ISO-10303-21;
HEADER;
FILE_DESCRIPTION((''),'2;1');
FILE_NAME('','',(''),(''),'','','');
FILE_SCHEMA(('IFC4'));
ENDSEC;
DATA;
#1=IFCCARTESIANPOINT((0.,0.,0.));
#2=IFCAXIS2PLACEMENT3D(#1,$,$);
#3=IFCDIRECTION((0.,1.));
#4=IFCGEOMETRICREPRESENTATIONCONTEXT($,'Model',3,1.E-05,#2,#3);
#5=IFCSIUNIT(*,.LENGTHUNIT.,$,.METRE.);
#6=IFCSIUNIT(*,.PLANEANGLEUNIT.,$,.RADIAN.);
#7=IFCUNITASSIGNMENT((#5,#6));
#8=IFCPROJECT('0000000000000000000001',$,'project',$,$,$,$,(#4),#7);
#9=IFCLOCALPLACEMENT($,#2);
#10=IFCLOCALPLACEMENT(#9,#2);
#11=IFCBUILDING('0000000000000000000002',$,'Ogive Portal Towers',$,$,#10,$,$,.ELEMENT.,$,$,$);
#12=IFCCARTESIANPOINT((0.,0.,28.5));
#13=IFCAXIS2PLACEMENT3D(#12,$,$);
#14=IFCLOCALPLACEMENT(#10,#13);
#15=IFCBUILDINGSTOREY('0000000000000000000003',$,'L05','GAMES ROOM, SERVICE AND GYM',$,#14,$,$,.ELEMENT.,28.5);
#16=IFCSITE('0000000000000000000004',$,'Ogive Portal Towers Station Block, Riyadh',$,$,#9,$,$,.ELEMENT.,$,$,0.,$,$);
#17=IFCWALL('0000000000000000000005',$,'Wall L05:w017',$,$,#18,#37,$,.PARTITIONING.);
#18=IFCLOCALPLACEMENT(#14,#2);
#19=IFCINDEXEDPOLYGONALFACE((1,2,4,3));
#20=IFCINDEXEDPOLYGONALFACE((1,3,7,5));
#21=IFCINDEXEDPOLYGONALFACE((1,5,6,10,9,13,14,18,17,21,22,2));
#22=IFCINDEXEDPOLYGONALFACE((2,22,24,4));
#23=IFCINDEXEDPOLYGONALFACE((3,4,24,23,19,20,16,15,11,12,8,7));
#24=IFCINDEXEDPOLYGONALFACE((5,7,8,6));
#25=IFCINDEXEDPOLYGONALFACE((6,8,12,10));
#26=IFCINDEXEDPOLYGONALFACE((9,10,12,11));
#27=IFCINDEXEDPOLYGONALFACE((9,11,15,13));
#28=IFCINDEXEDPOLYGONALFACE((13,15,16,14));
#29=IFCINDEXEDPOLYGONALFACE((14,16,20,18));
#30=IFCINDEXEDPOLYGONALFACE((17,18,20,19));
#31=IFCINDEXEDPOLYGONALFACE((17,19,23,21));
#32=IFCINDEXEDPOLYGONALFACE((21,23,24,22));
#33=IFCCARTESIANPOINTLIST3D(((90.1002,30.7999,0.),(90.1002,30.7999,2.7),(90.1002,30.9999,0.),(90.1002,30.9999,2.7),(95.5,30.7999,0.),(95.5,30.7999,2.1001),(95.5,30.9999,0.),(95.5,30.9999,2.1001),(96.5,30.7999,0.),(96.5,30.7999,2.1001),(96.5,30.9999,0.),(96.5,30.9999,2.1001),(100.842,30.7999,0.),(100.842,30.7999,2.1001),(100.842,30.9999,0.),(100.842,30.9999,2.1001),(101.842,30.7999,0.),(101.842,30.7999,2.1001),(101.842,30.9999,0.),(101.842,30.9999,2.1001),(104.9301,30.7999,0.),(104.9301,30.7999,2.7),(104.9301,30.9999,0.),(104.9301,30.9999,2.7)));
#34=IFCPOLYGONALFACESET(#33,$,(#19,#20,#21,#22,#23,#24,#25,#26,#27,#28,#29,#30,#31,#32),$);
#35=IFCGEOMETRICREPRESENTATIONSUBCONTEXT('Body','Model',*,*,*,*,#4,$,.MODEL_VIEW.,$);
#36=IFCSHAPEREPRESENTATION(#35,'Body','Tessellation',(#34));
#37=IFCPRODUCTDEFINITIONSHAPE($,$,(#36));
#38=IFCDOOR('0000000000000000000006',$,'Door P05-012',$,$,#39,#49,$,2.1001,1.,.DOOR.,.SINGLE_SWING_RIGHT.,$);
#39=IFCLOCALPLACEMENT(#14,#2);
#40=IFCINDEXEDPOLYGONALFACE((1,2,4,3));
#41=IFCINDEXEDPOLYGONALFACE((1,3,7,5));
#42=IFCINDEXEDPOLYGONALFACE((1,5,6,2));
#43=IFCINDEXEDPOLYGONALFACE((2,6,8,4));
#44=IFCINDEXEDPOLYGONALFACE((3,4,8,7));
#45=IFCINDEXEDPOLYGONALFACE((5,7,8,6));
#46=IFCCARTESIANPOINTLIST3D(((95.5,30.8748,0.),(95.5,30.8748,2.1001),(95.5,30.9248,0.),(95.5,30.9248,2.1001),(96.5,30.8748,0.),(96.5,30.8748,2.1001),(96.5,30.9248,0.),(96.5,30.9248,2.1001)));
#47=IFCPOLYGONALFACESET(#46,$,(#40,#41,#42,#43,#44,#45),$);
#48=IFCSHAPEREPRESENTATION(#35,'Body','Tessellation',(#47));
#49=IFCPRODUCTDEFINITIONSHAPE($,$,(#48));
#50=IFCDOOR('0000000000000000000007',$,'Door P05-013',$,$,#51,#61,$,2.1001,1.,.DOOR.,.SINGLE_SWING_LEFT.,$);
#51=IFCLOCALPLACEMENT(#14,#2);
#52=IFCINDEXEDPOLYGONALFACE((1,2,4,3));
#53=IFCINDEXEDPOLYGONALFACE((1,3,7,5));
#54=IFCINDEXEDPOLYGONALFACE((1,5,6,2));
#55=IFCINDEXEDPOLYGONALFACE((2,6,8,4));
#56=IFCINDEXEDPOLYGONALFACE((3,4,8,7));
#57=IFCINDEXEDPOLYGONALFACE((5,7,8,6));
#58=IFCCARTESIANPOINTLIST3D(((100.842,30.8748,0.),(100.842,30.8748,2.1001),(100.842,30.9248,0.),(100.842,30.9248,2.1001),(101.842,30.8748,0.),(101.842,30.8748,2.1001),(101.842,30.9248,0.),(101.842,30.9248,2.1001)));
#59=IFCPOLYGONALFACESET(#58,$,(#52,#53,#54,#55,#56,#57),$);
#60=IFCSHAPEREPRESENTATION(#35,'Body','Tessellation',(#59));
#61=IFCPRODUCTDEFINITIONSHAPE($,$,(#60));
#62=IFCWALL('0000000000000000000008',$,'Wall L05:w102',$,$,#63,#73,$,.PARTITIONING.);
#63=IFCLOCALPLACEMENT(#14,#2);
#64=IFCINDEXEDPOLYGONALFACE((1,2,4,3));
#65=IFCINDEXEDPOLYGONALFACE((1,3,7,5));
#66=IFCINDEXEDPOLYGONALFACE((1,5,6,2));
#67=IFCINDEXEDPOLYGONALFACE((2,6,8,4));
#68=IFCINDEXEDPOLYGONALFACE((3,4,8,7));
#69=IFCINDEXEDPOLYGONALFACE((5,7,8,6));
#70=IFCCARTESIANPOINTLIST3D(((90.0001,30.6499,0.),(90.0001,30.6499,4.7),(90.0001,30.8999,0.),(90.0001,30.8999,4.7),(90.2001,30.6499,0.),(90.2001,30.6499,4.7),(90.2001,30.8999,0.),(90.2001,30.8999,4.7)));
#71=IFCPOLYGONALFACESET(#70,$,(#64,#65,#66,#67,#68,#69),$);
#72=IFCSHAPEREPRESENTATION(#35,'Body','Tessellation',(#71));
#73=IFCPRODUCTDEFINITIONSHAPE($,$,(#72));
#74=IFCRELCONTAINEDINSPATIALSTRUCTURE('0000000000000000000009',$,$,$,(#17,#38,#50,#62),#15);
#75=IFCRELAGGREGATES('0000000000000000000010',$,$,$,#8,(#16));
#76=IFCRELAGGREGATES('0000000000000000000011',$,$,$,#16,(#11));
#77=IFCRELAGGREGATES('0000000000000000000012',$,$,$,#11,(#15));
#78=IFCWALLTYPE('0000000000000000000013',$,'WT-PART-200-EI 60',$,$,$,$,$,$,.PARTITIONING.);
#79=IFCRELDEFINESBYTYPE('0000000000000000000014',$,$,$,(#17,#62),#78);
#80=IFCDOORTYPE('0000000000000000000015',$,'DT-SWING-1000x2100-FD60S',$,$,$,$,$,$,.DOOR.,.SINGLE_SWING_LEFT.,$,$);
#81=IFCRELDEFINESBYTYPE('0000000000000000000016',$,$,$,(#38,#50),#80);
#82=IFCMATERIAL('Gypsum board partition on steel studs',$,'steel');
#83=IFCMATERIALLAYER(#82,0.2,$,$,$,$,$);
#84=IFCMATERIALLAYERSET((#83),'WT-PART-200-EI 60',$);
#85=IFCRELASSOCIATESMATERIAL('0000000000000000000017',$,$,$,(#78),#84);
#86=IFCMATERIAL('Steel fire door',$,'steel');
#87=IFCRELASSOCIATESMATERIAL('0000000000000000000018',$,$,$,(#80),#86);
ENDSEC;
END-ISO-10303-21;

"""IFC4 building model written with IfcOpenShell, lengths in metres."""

from ifc_helpers import new_model, si_unit, direction, frame, frame_2d, origin, place, context, subcontext, project, spatial, rectangle, extrude, material, layer, layer_set, type_object, element, fill, save


model = new_model("IFC4")

# Units and contexts
model_context = context("Model", 3, precision=1e-05, world=origin(), true_north=direction((0.0, 1.0)))
body_context = subcontext(model_context, "Body", "Model", "MODEL_VIEW")
ifc_project = project(units=[si_unit("LENGTHUNIT", "METRE"), si_unit("PLANEANGLEUNIT", "RADIAN")], contexts=[model_context])

# Site, building, storey
site_placement = place(None, origin())
site = spatial("IfcSite", under=ifc_project, at=site_placement, Name="Ogive Portal Towers Station Block, Riyadh", CompositionType="ELEMENT", RefElevation=0.0)
building_placement = place(site_placement, origin())
building = spatial("IfcBuilding", under=site, at=building_placement, Name="Ogive Portal Towers", CompositionType="ELEMENT")
storey_placement = place(building_placement, frame((0.0, 0.0, 28.5)))
storey = spatial("IfcBuildingStorey", under=building, at=storey_placement, Name="L05", Description="GAMES ROOM, SERVICE AND GYM", CompositionType="ELEMENT", Elevation=28.5)

# Shared definitions
ifc_material_1 = material(Name="Steel fire door", Category="steel")

# Shared definitions
ifc_material_2 = material(Name="Gypsum board partition on steel studs", Category="steel")
ifc_layer_1 = layer(ifc_material_2, 0.2)
ifc_layer_set_1 = layer_set([ifc_layer_1], Name="WT-PART-200-EI 60")
wall_type_1 = type_object("IfcWallType", Name="WT-PART-200-EI 60", PredefinedType="PARTITIONING", material=ifc_layer_set_1)
door_type_1 = type_object("IfcDoorType", Name="DT-SWING-1000x2100-FD60S", OperationType="SINGLE_SWING_LEFT", PredefinedType="DOOR", material=ifc_material_1)

# Wall, openings, doors
wall_1_placement = place(storey_placement, frame((90.1001, 30.8999, 0.0), z_axis=(0.0, 0.0, 1.0), x_axis=(1.0, 0.0, 0.0)))
wall_1 = element("IfcWall", 1, at=wall_1_placement, inside=storey, type_object=wall_type_1, Name="Wall L05:w017", PredefinedType="PARTITIONING", context=body_context, shape_type="SweptSolid", body=[
    extrude(rectangle(XDim=14.8298, YDim=0.2, at=frame_2d((7.415, 0.0))), origin(), (0.0, 0.0, 1.0), 2.7),
])
opening_1_placement = place(wall_1_placement, frame((5.3999, 0.0, 0.0)))
opening_1 = element("IfcOpeningElement", 2, at=opening_1_placement, cuts=wall_1, PredefinedType="OPENING", context=body_context, shape_type="SweptSolid", body=[
    extrude(rectangle(XDim=1.0, YDim=2.1001, at=frame_2d((0.5, 1.05))), frame((0.0, 0.1099, 0.0), z_axis=(0.0, -1.0, 0.0), x_axis=(1.0, 0.0, 0.0)), (0.0, 0.0, 1.0), 0.22),
])
opening_2_placement = place(wall_1_placement, frame((10.7419, 0.0, 0.0)))
opening_2 = element("IfcOpeningElement", 3, at=opening_2_placement, cuts=wall_1, PredefinedType="OPENING", context=body_context, shape_type="SweptSolid", body=[
    extrude(rectangle(XDim=1.0, YDim=2.1001, at=frame_2d((0.5, 1.05))), frame((0.0, 0.1099, 0.0), z_axis=(0.0, -1.0, 0.0), x_axis=(1.0, 0.0, 0.0)), (0.0, 0.0, 1.0), 0.22),
])
door_1_placement = place(opening_1_placement, origin())
door_1 = element("IfcDoor", 4, at=door_1_placement, inside=storey, type_object=door_type_1, Name="Door P05-012", OperationType="SINGLE_SWING_RIGHT", OverallHeight=2.1001, OverallWidth=1.0, PredefinedType="DOOR", context=body_context, shape_type="SweptSolid", body=[
    extrude(rectangle(XDim=1.0, YDim=2.1001, at=frame_2d((0.5, 1.05))), frame((0.0, 0.0249, 0.0), z_axis=(0.0, -1.0, 0.0), x_axis=(1.0, 0.0, 0.0)), (0.0, 0.0, 1.0), 0.05),
])
fill(opening_1, door_1)
door_2_placement = place(opening_2_placement, origin())
door_2 = element("IfcDoor", 5, at=door_2_placement, inside=storey, type_object=door_type_1, Name="Door P05-013", OperationType="SINGLE_SWING_LEFT", OverallHeight=2.1001, OverallWidth=1.0, PredefinedType="DOOR", context=body_context, shape_type="SweptSolid", body=[
    extrude(rectangle(XDim=1.0, YDim=2.1001, at=frame_2d((0.5, 1.05))), frame((0.0, 0.0249, 0.0), z_axis=(0.0, -1.0, 0.0), x_axis=(1.0, 0.0, 0.0)), (0.0, 0.0, 1.0), 0.05),
])
fill(opening_2, door_2)

# Wall
wall_2_placement = place(storey_placement, frame((90.1001, 30.6499, 0.0), z_axis=(0.0, 0.0, 1.0), x_axis=(0.0, 1.0, 0.0)))
element("IfcWall", 6, at=wall_2_placement, inside=storey, type_object=wall_type_1, Name="Wall L05:w102", PredefinedType="PARTITIONING", context=body_context, shape_type="SweptSolid", body=[
    extrude(rectangle(XDim=0.25, YDim=0.2, at=frame_2d((0.125, 0.0))), origin(), (0.0, 0.0, 1.0), 4.7),
])

save(model, "model.ifc")
